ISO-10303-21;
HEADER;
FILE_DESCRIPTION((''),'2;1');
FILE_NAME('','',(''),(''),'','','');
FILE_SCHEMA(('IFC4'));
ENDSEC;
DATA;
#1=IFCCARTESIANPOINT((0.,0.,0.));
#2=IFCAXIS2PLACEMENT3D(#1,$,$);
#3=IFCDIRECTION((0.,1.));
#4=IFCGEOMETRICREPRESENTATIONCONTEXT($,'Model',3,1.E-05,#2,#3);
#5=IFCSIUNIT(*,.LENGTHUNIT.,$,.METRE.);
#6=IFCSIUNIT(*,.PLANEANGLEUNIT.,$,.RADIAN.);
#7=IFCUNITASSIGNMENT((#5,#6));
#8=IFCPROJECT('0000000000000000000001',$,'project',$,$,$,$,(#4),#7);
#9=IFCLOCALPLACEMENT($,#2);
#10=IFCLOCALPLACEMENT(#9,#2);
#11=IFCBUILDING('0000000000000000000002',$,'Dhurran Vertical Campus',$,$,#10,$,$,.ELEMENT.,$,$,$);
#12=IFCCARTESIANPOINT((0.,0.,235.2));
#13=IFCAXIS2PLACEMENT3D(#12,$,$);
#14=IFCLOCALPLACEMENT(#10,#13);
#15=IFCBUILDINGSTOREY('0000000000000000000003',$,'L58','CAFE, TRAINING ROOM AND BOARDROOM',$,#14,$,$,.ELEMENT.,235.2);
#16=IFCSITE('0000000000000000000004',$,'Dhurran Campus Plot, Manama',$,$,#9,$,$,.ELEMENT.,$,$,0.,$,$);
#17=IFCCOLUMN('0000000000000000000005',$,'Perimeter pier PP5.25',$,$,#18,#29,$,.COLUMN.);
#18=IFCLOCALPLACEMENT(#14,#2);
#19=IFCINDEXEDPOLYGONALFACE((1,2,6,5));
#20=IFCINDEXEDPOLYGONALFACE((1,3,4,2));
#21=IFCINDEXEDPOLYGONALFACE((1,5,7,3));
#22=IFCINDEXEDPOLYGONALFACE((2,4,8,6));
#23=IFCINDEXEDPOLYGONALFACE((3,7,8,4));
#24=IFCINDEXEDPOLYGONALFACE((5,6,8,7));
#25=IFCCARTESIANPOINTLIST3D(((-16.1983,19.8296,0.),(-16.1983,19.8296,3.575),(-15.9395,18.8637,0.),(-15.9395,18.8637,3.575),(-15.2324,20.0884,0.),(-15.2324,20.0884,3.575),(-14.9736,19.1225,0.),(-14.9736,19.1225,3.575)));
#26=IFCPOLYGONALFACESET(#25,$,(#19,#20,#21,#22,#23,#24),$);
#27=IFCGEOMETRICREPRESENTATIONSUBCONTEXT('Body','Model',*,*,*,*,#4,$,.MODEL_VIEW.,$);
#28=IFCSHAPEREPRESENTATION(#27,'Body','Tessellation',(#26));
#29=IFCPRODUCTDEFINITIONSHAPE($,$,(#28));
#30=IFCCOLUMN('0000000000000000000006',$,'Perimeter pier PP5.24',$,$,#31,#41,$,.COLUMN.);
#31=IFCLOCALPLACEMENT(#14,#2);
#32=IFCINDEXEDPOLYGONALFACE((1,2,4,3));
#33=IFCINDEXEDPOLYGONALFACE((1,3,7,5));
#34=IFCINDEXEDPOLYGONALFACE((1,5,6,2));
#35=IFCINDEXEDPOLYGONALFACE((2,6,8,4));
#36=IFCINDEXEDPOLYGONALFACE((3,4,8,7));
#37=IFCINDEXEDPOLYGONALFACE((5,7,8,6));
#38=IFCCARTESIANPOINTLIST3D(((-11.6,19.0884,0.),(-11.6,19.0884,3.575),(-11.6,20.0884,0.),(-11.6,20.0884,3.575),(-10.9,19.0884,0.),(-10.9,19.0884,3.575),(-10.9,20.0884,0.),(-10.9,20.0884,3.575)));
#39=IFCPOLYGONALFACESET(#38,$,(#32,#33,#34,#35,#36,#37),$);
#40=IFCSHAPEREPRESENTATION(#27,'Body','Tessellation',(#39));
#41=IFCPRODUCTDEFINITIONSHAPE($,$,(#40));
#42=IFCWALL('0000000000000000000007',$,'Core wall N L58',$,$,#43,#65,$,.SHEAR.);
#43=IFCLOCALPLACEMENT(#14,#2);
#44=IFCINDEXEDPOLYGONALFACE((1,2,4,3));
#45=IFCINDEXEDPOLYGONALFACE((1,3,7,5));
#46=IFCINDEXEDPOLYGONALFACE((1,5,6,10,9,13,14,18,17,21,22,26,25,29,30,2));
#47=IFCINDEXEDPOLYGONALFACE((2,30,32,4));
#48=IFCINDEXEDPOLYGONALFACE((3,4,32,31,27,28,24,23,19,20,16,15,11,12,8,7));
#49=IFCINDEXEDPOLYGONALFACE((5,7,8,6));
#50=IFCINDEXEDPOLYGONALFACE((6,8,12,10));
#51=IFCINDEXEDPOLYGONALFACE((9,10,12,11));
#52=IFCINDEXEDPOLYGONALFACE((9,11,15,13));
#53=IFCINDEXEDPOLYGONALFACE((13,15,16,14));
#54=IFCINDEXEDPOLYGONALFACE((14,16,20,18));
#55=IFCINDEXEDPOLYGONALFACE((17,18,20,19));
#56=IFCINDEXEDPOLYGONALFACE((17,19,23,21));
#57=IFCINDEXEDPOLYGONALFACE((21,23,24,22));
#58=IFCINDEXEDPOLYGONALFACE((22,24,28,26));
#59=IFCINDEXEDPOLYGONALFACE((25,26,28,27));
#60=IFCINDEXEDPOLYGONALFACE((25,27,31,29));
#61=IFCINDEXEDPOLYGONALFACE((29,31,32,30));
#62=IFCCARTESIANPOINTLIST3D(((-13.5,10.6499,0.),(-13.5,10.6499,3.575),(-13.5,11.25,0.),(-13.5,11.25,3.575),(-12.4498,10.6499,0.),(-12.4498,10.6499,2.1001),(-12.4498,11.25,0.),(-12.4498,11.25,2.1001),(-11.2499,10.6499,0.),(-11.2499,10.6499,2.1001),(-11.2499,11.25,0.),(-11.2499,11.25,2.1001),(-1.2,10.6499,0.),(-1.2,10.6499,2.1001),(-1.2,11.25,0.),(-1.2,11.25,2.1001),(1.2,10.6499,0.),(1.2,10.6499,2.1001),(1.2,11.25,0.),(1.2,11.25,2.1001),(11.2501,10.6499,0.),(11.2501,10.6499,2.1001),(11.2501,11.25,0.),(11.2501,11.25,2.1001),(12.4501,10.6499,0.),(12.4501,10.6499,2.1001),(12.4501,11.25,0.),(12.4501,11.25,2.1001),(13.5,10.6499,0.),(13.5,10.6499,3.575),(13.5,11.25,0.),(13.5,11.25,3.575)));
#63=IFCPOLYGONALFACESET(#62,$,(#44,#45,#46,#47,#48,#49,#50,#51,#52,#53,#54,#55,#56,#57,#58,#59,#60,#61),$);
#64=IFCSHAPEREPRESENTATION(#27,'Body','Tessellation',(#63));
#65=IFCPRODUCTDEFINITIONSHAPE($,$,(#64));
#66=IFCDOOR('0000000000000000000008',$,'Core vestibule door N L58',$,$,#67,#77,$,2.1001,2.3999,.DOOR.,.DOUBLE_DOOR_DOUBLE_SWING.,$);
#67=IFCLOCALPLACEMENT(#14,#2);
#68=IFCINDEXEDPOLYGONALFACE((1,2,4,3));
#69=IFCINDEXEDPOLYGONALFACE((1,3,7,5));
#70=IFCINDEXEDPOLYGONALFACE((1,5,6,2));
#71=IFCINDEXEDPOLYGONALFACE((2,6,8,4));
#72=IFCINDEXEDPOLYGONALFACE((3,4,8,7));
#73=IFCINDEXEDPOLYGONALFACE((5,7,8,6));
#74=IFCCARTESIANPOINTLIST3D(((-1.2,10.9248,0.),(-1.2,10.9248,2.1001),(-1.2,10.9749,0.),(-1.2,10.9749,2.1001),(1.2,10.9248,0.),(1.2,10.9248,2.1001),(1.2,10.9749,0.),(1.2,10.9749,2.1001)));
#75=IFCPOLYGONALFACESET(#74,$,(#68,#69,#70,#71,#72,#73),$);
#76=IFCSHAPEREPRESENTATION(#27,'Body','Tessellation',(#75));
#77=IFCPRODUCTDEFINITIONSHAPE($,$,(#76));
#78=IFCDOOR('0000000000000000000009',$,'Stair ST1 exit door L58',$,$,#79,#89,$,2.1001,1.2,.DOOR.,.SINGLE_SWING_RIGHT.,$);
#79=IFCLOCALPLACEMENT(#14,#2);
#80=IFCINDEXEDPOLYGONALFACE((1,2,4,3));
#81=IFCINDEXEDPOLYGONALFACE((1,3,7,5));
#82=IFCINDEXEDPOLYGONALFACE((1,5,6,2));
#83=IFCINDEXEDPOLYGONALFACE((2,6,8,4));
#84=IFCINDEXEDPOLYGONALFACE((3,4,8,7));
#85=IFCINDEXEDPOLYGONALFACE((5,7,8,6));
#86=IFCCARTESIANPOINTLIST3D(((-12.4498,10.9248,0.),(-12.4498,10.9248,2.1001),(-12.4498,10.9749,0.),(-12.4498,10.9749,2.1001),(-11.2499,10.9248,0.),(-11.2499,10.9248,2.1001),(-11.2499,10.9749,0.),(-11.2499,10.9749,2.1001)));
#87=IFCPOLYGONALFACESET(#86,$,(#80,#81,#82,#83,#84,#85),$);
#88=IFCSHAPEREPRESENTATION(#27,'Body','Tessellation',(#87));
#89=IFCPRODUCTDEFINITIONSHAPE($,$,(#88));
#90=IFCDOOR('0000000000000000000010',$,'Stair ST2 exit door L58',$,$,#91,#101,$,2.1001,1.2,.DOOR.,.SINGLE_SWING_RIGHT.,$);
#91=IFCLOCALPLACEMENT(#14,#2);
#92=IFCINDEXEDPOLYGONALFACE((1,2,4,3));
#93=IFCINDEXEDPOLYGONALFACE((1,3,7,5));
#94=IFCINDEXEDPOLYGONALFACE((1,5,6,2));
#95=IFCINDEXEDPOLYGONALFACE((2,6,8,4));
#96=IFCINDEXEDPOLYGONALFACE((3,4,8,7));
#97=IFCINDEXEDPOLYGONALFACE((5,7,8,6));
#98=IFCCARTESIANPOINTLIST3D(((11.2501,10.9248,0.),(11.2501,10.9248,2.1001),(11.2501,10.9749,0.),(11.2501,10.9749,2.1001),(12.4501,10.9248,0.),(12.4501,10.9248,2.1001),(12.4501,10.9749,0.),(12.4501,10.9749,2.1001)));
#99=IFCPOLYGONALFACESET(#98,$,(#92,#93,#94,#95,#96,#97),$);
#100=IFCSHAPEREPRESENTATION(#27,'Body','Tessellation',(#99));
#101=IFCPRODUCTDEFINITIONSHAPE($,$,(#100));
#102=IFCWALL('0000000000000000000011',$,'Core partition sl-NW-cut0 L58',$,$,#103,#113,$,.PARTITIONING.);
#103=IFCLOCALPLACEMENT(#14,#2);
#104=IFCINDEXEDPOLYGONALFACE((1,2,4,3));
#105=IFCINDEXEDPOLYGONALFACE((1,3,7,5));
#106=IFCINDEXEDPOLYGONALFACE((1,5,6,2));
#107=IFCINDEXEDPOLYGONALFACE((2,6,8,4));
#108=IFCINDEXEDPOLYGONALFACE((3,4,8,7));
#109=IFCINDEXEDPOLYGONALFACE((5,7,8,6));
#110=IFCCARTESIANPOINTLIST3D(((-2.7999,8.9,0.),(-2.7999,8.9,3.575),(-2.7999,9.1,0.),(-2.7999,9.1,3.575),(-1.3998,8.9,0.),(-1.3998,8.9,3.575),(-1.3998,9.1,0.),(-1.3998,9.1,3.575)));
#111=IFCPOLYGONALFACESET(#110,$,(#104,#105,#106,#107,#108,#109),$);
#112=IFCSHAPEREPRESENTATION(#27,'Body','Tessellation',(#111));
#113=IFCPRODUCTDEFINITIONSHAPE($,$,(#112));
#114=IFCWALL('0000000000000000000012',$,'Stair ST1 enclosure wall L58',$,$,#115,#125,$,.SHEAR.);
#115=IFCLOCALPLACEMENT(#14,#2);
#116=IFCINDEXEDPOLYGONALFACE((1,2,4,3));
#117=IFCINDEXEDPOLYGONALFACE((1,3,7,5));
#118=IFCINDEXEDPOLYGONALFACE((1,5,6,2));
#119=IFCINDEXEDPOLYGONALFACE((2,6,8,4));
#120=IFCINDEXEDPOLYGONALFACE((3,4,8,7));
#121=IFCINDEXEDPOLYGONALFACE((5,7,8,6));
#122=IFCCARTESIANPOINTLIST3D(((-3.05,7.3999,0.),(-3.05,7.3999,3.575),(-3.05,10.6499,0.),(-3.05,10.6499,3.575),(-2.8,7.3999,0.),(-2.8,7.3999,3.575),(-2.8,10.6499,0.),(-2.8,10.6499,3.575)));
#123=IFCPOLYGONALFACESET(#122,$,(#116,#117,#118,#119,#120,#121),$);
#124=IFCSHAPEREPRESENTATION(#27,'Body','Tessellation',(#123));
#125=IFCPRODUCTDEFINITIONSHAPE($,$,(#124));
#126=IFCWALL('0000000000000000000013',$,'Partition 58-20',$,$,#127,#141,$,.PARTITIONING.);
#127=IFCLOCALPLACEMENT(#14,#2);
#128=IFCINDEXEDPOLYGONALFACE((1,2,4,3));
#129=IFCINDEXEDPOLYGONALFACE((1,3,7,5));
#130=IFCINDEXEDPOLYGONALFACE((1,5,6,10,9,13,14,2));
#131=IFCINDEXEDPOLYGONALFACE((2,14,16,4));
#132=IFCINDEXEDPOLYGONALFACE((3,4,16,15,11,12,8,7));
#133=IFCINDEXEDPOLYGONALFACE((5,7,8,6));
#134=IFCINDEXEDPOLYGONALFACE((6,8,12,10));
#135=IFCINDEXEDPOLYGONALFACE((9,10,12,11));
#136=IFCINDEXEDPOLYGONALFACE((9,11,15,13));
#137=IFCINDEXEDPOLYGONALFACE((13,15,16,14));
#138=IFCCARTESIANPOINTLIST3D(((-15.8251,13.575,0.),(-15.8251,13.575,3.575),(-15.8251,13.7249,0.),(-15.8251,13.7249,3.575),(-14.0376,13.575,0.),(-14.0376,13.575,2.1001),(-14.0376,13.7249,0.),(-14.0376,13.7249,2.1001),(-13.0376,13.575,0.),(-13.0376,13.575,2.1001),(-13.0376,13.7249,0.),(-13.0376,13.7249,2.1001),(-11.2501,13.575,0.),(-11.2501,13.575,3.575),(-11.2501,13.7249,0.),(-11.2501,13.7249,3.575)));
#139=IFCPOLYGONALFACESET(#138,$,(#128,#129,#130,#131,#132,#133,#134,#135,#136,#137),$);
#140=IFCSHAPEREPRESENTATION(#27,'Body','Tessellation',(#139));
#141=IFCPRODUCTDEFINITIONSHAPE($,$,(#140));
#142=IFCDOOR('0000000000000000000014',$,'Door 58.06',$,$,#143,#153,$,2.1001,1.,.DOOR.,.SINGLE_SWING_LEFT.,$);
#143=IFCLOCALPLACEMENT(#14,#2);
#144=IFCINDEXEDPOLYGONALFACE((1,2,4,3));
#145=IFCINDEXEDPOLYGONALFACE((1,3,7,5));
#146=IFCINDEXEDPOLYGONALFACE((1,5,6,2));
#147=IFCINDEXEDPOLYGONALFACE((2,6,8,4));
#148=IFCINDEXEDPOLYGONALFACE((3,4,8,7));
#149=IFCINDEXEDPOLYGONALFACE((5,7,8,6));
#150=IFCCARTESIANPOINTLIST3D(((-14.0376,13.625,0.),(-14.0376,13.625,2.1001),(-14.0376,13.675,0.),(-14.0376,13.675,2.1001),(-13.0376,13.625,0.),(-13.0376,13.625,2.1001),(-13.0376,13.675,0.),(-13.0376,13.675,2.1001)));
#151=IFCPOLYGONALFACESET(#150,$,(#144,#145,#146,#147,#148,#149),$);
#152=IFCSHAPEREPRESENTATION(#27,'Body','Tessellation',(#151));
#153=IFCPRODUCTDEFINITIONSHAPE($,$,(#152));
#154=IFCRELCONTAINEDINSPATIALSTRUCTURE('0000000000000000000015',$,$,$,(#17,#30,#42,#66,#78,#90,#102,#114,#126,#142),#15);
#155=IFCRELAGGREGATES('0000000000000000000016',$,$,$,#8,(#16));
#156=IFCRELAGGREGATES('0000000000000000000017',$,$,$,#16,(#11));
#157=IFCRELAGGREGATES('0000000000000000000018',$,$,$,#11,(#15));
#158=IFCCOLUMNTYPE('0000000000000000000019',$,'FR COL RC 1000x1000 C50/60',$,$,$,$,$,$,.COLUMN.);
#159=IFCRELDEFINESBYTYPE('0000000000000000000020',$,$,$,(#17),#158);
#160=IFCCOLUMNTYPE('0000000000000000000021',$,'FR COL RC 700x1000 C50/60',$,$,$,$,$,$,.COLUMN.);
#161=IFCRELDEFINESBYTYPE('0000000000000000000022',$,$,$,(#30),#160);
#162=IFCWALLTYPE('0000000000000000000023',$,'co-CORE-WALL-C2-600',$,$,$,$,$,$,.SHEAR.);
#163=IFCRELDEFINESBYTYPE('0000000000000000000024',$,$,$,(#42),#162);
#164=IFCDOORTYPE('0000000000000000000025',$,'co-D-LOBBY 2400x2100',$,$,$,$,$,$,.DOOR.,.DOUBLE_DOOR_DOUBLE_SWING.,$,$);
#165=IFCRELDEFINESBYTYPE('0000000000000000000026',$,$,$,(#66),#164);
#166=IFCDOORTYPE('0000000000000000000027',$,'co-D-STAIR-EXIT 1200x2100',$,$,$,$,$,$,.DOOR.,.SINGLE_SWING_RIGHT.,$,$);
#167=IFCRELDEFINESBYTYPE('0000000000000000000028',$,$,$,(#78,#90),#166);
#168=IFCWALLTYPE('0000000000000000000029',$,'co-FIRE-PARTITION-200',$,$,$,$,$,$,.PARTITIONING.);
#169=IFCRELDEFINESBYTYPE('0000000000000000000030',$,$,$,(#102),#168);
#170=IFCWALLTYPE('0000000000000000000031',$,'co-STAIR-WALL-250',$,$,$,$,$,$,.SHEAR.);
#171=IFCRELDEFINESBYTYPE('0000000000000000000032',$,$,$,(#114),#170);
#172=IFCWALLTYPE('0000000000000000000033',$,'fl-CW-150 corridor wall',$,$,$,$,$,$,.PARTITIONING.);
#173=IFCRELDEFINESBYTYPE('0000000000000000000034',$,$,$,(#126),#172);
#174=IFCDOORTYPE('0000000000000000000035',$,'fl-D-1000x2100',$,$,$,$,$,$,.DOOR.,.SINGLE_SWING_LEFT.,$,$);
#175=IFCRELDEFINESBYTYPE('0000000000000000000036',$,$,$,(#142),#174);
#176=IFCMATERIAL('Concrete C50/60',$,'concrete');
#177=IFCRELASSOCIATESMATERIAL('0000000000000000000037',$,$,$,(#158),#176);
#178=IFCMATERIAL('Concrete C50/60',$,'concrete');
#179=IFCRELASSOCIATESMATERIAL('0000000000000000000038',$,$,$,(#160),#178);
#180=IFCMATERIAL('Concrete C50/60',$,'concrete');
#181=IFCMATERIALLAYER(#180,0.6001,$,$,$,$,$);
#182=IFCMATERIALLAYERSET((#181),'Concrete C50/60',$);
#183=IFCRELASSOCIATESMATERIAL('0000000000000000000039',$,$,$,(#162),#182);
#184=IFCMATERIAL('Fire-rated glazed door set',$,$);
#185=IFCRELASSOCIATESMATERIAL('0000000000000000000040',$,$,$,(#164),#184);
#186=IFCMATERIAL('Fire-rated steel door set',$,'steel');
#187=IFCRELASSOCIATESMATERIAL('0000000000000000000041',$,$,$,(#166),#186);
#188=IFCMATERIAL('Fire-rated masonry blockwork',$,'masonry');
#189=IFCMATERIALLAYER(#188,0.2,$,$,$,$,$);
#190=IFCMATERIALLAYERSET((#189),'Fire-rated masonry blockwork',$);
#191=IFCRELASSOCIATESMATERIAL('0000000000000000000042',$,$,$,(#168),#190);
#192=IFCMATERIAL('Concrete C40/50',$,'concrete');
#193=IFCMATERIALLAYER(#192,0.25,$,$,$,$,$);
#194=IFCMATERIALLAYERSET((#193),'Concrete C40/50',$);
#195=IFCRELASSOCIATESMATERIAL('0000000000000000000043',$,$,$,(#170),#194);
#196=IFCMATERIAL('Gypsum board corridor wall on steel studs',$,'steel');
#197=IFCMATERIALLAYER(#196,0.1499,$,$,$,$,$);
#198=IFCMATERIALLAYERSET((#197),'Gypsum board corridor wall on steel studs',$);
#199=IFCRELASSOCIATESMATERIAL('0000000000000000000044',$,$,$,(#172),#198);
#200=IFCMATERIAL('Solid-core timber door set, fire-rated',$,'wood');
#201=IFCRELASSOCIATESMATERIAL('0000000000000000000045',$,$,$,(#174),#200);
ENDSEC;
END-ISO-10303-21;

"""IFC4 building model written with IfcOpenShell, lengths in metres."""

from ifc_helpers import new_model, si_unit, direction, frame, frame_2d, origin, origin_2d, place, context, subcontext, project, spatial, rectangle, extrude, material, layer, layer_set, material_profile, profile_set, type_object, element, fill, save


model = new_model("IFC4")

# Units and contexts
model_context = context("Model", 3, precision=1e-05, world=origin(), true_north=direction((0.0, 1.0)))
body_context = subcontext(model_context, "Body", "Model", "MODEL_VIEW")
ifc_project = project(units=[si_unit("LENGTHUNIT", "METRE"), si_unit("PLANEANGLEUNIT", "RADIAN")], contexts=[model_context])

# Site, building, storey
site_placement = place(None, origin())
site = spatial("IfcSite", under=ifc_project, at=site_placement, Name="Dhurran Campus Plot, Manama", CompositionType="ELEMENT", RefElevation=0.0)
building_placement = place(site_placement, origin())
building = spatial("IfcBuilding", under=site, at=building_placement, Name="Dhurran Vertical Campus", CompositionType="ELEMENT")
storey_placement = place(building_placement, frame((0.0, 0.0, 235.2)))
storey = spatial("IfcBuildingStorey", under=building, at=storey_placement, Name="L58", Description="CAFE, TRAINING ROOM AND BOARDROOM", CompositionType="ELEMENT", Elevation=235.2)

# Columns
ifc_material_1 = material(Name="Concrete C50/60", Category="concrete")
ifc_material_profile_1 = material_profile(ifc_material_1, rectangle(XDim=1.0, YDim=1.0, at=origin_2d()), Name="RC 1000x1000")
ifc_profile_set_1 = profile_set([ifc_material_profile_1], Name="Concrete C50/60")
column_type_1 = type_object("IfcColumnType", Name="FR COL RC 1000x1000 C50/60", PredefinedType="COLUMN", material=ifc_profile_set_1)
column_1_placement = place(storey_placement, frame((-15.5859, 19.4761, 0.0), z_axis=(0.0, 0.0, 1.0), x_axis=(-0.965926, -0.258819, 0.0)))
element("IfcColumn", 1, at=column_1_placement, inside=storey, type_object=column_type_1, Name="Perimeter pier PP5.25", PredefinedType="COLUMN", context=body_context, shape_type="SweptSolid", body=[
    extrude(rectangle(XDim=1.0, YDim=1.0, at=origin_2d()), origin(), (0.0, 0.0, 1.0), 3.575),
])
ifc_material_2 = material(Name="Concrete C50/60", Category="concrete")
ifc_material_profile_2 = material_profile(ifc_material_2, rectangle(XDim=0.7, YDim=1.0, at=origin_2d()), Name="RC 700x1000")
ifc_profile_set_2 = profile_set([ifc_material_profile_2], Name="Concrete C50/60")
column_type_2 = type_object("IfcColumnType", Name="FR COL RC 700x1000 C50/60", PredefinedType="COLUMN", material=ifc_profile_set_2)
column_2_placement = place(storey_placement, frame((-11.25, 19.5884, 0.0), z_axis=(0.0, 0.0, 1.0), x_axis=(-1.0, 0.0, 0.0)))
element("IfcColumn", 2, at=column_2_placement, inside=storey, type_object=column_type_2, Name="Perimeter pier PP5.24", PredefinedType="COLUMN", context=body_context, shape_type="SweptSolid", body=[
    extrude(rectangle(XDim=0.7, YDim=1.0, at=origin_2d()), origin(), (0.0, 0.0, 1.0), 3.575),
])

# Wall, openings, doors
ifc_material_3 = material(Name="Concrete C50/60", Category="concrete")
ifc_layer_1 = layer(ifc_material_3, 0.6001)
ifc_layer_set_1 = layer_set([ifc_layer_1], Name="Concrete C50/60")
wall_type_1 = type_object("IfcWallType", Name="co-CORE-WALL-C2-600", PredefinedType="SHEAR", material=ifc_layer_set_1)
wall_1_placement = place(storey_placement, frame((-13.5, 10.95, 0.0), z_axis=(0.0, 0.0, 1.0), x_axis=(1.0, 0.0, 0.0)))
wall_1 = element("IfcWall", 3, at=wall_1_placement, inside=storey, type_object=wall_type_1, Name="Core wall N L58", PredefinedType="SHEAR", context=body_context, shape_type="SweptSolid", body=[
    extrude(rectangle(XDim=27.0, YDim=0.6001, at=frame_2d((13.5, 0.0))), origin(), (0.0, 0.0, 1.0), 3.575),
])
opening_1_placement = place(wall_1_placement, frame((12.3, 0.0, 0.0)))
opening_1 = element("IfcOpeningElement", 4, at=opening_1_placement, cuts=wall_1, PredefinedType="OPENING", context=body_context, shape_type="SweptSolid", body=[
    extrude(rectangle(XDim=2.3999, YDim=2.1001, at=frame_2d((1.2, 1.05))), frame((0.0, 0.3101, 0.0), z_axis=(0.0, -1.0, 0.0), x_axis=(1.0, 0.0, 0.0)), (0.0, 0.0, 1.0), 0.6201),
])
opening_2_placement = place(wall_1_placement, frame((1.05, 0.0, 0.0)))
opening_2 = element("IfcOpeningElement", 5, at=opening_2_placement, cuts=wall_1, PredefinedType="OPENING", context=body_context, shape_type="SweptSolid", body=[
    extrude(rectangle(XDim=1.2, YDim=2.1001, at=frame_2d((0.6001, 1.05))), frame((0.0, 0.3101, 0.0), z_axis=(0.0, -1.0, 0.0), x_axis=(1.0, 0.0, 0.0)), (0.0, 0.0, 1.0), 0.6201),
])
opening_3_placement = place(wall_1_placement, frame((24.75, 0.0, 0.0)))
opening_3 = element("IfcOpeningElement", 6, at=opening_3_placement, cuts=wall_1, PredefinedType="OPENING", context=body_context, shape_type="SweptSolid", body=[
    extrude(rectangle(XDim=1.2, YDim=2.1001, at=frame_2d((0.6001, 1.05))), frame((0.0, 0.3101, 0.0), z_axis=(0.0, -1.0, 0.0), x_axis=(1.0, 0.0, 0.0)), (0.0, 0.0, 1.0), 0.6201),
])
ifc_material_4 = material(Name="Fire-rated glazed door set")
door_type_1 = type_object("IfcDoorType", Name="co-D-LOBBY 2400x2100", OperationType="DOUBLE_DOOR_DOUBLE_SWING", PredefinedType="DOOR", material=ifc_material_4)
door_1_placement = place(opening_1_placement, origin())
door_1 = element("IfcDoor", 7, at=door_1_placement, inside=storey, type_object=door_type_1, Name="Core vestibule door N L58", OperationType="DOUBLE_DOOR_DOUBLE_SWING", OverallHeight=2.1001, OverallWidth=2.3999, PredefinedType="DOOR", context=body_context, shape_type="SweptSolid", body=[
    extrude(rectangle(XDim=2.3999, YDim=2.1001, at=frame_2d((1.2, 1.05))), frame((0.0, 0.0249, 0.0), z_axis=(0.0, -1.0, 0.0), x_axis=(1.0, 0.0, 0.0)), (0.0, 0.0, 1.0), 0.05),
])
fill(opening_1, door_1)
ifc_material_5 = material(Name="Fire-rated steel door set", Category="steel")
door_type_2 = type_object("IfcDoorType", Name="co-D-STAIR-EXIT 1200x2100", OperationType="SINGLE_SWING_RIGHT", PredefinedType="DOOR", material=ifc_material_5)
door_2_placement = place(opening_2_placement, origin())
door_2 = element("IfcDoor", 8, at=door_2_placement, inside=storey, type_object=door_type_2, Name="Stair ST1 exit door L58", OperationType="SINGLE_SWING_RIGHT", OverallHeight=2.1001, OverallWidth=1.2, PredefinedType="DOOR", context=body_context, shape_type="SweptSolid", body=[
    extrude(rectangle(XDim=1.2, YDim=2.1001, at=frame_2d((0.6001, 1.05))), frame((0.0, 0.0249, 0.0), z_axis=(0.0, -1.0, 0.0), x_axis=(1.0, 0.0, 0.0)), (0.0, 0.0, 1.0), 0.05),
])
fill(opening_2, door_2)
door_3_placement = place(opening_3_placement, origin())
door_3 = element("IfcDoor", 9, at=door_3_placement, inside=storey, type_object=door_type_2, Name="Stair ST2 exit door L58", OperationType="SINGLE_SWING_RIGHT", OverallHeight=2.1001, OverallWidth=1.2, PredefinedType="DOOR", context=body_context, shape_type="SweptSolid", body=[
    extrude(rectangle(XDim=1.2, YDim=2.1001, at=frame_2d((0.6001, 1.05))), frame((0.0, 0.0249, 0.0), z_axis=(0.0, -1.0, 0.0), x_axis=(1.0, 0.0, 0.0)), (0.0, 0.0, 1.0), 0.05),
])
fill(opening_3, door_3)

# Walls
ifc_material_6 = material(Name="Fire-rated masonry blockwork", Category="masonry")
ifc_layer_2 = layer(ifc_material_6, 0.2)
ifc_layer_set_2 = layer_set([ifc_layer_2], Name="Fire-rated masonry blockwork")
wall_type_2 = type_object("IfcWallType", Name="co-FIRE-PARTITION-200", PredefinedType="PARTITIONING", material=ifc_layer_set_2)
wall_2_placement = place(storey_placement, frame((-2.8, 9.0, 0.0), z_axis=(0.0, 0.0, 1.0), x_axis=(1.0, 0.0, 0.0)))
element("IfcWall", 10, at=wall_2_placement, inside=storey, type_object=wall_type_2, Name="Core partition sl-NW-cut0 L58", PredefinedType="PARTITIONING", context=body_context, shape_type="SweptSolid", body=[
    extrude(rectangle(XDim=1.4001, YDim=0.2, at=frame_2d((0.7002, 0.0))), origin(), (0.0, 0.0, 1.0), 3.575),
])
ifc_material_7 = material(Name="Concrete C40/50", Category="concrete")
ifc_layer_3 = layer(ifc_material_7, 0.25)
ifc_layer_set_3 = layer_set([ifc_layer_3], Name="Concrete C40/50")
wall_type_3 = type_object("IfcWallType", Name="co-STAIR-WALL-250", PredefinedType="SHEAR", material=ifc_layer_set_3)
wall_3_placement = place(storey_placement, frame((-2.925, 7.3999, 0.0), z_axis=(0.0, 0.0, 1.0), x_axis=(0.0, 1.0, 0.0)))
element("IfcWall", 11, at=wall_3_placement, inside=storey, type_object=wall_type_3, Name="Stair ST1 enclosure wall L58", PredefinedType="SHEAR", context=body_context, shape_type="SweptSolid", body=[
    extrude(rectangle(XDim=3.25, YDim=0.25, at=frame_2d((1.625, 0.0))), origin(), (0.0, 0.0, 1.0), 3.575),
])

# Wall, opening, door
ifc_material_8 = material(Name="Gypsum board corridor wall on steel studs", Category="steel")
ifc_layer_4 = layer(ifc_material_8, 0.1499)
ifc_layer_set_4 = layer_set([ifc_layer_4], Name="Gypsum board corridor wall on steel studs")
wall_type_4 = type_object("IfcWallType", Name="fl-CW-150 corridor wall", PredefinedType="PARTITIONING", material=ifc_layer_set_4)
wall_4_placement = place(storey_placement, frame((-11.25, 13.6499, 0.0), z_axis=(0.0, 0.0, 1.0), x_axis=(-1.0, 0.0, 0.0)))
wall_4 = element("IfcWall", 12, at=wall_4_placement, inside=storey, type_object=wall_type_4, Name="Partition 58-20", PredefinedType="PARTITIONING", context=body_context, shape_type="SweptSolid", body=[
    extrude(rectangle(XDim=4.575, YDim=0.1499, at=frame_2d((2.2876, 0.0))), origin(), (0.0, 0.0, 1.0), 3.575),
])
opening_4_placement = place(wall_4_placement, frame((1.7876, 0.0, 0.0)))
opening_4 = element("IfcOpeningElement", 13, at=opening_4_placement, cuts=wall_4, PredefinedType="OPENING", context=body_context, shape_type="SweptSolid", body=[
    extrude(rectangle(XDim=1.0, YDim=2.1001, at=frame_2d((0.5, 1.05))), frame((0.0, 0.085, 0.0), z_axis=(0.0, -1.0, 0.0), x_axis=(1.0, 0.0, 0.0)), (0.0, 0.0, 1.0), 0.1699),
])
ifc_material_9 = material(Name="Solid-core timber door set, fire-rated", Category="wood")
door_type_3 = type_object("IfcDoorType", Name="fl-D-1000x2100", OperationType="SINGLE_SWING_LEFT", PredefinedType="DOOR", material=ifc_material_9)
door_4_placement = place(opening_4_placement, origin())
door_4 = element("IfcDoor", 14, at=door_4_placement, inside=storey, type_object=door_type_3, Name="Door 58.06", OperationType="SINGLE_SWING_LEFT", OverallHeight=2.1001, OverallWidth=1.0, PredefinedType="DOOR", context=body_context, shape_type="SweptSolid", body=[
    extrude(rectangle(XDim=1.0, YDim=2.1001, at=frame_2d((0.5, 1.05))), frame((0.0, 0.0249, 0.0), z_axis=(0.0, -1.0, 0.0), x_axis=(1.0, 0.0, 0.0)), (0.0, 0.0, 1.0), 0.05),
])
fill(opening_4, door_4)

save(model, "model.ifc")
